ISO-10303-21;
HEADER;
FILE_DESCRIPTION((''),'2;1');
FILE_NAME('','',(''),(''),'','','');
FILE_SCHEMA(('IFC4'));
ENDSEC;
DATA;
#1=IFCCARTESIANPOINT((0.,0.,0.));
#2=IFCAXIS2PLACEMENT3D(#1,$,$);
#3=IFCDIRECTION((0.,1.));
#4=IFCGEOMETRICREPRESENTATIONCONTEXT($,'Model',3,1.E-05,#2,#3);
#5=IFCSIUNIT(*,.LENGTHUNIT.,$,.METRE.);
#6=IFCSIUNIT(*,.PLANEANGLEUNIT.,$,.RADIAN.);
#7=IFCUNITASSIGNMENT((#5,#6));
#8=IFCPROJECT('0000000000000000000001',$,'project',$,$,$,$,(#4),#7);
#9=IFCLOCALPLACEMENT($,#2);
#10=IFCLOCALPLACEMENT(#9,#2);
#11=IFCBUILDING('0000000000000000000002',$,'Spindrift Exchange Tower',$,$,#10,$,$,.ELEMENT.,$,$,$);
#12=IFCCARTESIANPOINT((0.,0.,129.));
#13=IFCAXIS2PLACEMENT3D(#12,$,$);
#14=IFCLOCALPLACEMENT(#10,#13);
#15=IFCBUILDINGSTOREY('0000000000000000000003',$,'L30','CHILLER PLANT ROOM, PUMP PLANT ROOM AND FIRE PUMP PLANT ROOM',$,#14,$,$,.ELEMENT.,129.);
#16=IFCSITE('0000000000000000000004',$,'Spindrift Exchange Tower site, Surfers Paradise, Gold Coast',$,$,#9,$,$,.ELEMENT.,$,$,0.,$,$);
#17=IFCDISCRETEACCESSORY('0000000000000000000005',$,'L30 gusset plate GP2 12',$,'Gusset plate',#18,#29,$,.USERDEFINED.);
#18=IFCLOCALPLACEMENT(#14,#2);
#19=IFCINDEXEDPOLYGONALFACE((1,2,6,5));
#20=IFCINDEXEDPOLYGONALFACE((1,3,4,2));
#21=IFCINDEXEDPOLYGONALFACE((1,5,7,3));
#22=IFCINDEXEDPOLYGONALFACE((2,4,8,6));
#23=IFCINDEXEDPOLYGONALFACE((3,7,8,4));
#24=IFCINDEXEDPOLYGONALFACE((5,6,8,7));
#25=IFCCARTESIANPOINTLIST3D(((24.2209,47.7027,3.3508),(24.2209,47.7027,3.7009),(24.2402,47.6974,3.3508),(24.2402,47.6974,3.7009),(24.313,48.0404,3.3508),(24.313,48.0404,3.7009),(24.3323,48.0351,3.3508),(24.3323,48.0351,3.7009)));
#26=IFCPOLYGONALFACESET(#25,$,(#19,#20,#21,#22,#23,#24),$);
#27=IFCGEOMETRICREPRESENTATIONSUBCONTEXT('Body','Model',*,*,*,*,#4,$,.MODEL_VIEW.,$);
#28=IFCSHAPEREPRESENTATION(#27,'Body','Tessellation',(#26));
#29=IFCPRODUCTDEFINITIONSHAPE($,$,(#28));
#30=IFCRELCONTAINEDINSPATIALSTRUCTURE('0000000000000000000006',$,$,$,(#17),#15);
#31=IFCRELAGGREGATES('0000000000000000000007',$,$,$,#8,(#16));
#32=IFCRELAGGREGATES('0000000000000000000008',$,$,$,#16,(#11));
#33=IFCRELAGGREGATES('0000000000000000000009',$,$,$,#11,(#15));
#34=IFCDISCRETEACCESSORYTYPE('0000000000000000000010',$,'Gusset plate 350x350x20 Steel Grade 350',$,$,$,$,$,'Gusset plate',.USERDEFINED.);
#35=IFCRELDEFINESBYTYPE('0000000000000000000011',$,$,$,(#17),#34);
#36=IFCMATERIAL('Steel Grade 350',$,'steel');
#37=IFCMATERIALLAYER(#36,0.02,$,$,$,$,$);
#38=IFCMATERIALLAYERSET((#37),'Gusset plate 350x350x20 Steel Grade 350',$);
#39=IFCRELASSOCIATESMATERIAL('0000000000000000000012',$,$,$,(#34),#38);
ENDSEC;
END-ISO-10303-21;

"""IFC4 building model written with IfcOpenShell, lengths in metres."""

from ifc_helpers import new_model, si_unit, direction, frame, origin, origin_2d, place, context, subcontext, project, spatial, rectangle, extrude, source, transform, mapped, material, layer, layer_set, type_object, element, save


model = new_model("IFC4")

# Units and contexts
model_context = context("Model", 3, precision=1e-05, world=origin(), true_north=direction((0.0, 1.0)))
body_context = subcontext(model_context, "Body", "Model", "MODEL_VIEW")
ifc_project = project(units=[si_unit("LENGTHUNIT", "METRE"), si_unit("PLANEANGLEUNIT", "RADIAN")], contexts=[model_context])

# Site, building, storey
site_placement = place(None, origin())
site = spatial("IfcSite", under=ifc_project, at=site_placement, Name="Spindrift Exchange Tower site, Surfers Paradise, Gold Coast", CompositionType="ELEMENT", RefElevation=0.0)
building_placement = place(site_placement, origin())
building = spatial("IfcBuilding", under=site, at=building_placement, Name="Spindrift Exchange Tower", CompositionType="ELEMENT")
storey_placement = place(building_placement, frame((0.0, 0.0, 129.0)))
storey = spatial("IfcBuildingStorey", under=building, at=storey_placement, Name="L30", Description="CHILLER PLANT ROOM, PUMP PLANT ROOM AND FIRE PUMP PLANT ROOM", CompositionType="ELEMENT", Elevation=129.0)

# Shared definitions
ifc_material_1 = material(Name="Steel Grade 350", Category="steel")

# Discrete accessory
ifc_layer_1 = layer(ifc_material_1, 0.02)
ifc_layer_set_1 = layer_set([ifc_layer_1], Name="Gusset plate 350x350x20 Steel Grade 350")
discrete_accessory_type_1 = type_object("IfcDiscreteAccessoryType", Name="Gusset plate 350x350x20 Steel Grade 350", ElementType="Gusset plate", PredefinedType="USERDEFINED", material=ifc_layer_set_1)
shared_shape_1 = source(origin(), body_context, "Body", "SweptSolid", [
    extrude(rectangle(XDim=0.3501, YDim=0.02, at=origin_2d()), origin(), (0.0, 0.0, 1.0), 0.3501),
])
for number, where, z_axis, x_axis, name in (
    (1, (24.2766, 47.8689, 3.3508), (0.0, 0.0, 1.0), (-0.26324, -0.96473, 0.0), "L30 gusset plate GP2 12"),
):
    element("IfcDiscreteAccessory", number, at=place(storey_placement, frame(where, z_axis=z_axis, x_axis=x_axis)), inside=storey, type_object=discrete_accessory_type_1, Name=name, ObjectType="Gusset plate", PredefinedType="USERDEFINED", context=body_context, shape_type="MappedRepresentation", body=[
        mapped(shared_shape_1, transform((0.0, 0.0, 0.0), scale=1.0)),
    ])

save(model, "model.ifc")
